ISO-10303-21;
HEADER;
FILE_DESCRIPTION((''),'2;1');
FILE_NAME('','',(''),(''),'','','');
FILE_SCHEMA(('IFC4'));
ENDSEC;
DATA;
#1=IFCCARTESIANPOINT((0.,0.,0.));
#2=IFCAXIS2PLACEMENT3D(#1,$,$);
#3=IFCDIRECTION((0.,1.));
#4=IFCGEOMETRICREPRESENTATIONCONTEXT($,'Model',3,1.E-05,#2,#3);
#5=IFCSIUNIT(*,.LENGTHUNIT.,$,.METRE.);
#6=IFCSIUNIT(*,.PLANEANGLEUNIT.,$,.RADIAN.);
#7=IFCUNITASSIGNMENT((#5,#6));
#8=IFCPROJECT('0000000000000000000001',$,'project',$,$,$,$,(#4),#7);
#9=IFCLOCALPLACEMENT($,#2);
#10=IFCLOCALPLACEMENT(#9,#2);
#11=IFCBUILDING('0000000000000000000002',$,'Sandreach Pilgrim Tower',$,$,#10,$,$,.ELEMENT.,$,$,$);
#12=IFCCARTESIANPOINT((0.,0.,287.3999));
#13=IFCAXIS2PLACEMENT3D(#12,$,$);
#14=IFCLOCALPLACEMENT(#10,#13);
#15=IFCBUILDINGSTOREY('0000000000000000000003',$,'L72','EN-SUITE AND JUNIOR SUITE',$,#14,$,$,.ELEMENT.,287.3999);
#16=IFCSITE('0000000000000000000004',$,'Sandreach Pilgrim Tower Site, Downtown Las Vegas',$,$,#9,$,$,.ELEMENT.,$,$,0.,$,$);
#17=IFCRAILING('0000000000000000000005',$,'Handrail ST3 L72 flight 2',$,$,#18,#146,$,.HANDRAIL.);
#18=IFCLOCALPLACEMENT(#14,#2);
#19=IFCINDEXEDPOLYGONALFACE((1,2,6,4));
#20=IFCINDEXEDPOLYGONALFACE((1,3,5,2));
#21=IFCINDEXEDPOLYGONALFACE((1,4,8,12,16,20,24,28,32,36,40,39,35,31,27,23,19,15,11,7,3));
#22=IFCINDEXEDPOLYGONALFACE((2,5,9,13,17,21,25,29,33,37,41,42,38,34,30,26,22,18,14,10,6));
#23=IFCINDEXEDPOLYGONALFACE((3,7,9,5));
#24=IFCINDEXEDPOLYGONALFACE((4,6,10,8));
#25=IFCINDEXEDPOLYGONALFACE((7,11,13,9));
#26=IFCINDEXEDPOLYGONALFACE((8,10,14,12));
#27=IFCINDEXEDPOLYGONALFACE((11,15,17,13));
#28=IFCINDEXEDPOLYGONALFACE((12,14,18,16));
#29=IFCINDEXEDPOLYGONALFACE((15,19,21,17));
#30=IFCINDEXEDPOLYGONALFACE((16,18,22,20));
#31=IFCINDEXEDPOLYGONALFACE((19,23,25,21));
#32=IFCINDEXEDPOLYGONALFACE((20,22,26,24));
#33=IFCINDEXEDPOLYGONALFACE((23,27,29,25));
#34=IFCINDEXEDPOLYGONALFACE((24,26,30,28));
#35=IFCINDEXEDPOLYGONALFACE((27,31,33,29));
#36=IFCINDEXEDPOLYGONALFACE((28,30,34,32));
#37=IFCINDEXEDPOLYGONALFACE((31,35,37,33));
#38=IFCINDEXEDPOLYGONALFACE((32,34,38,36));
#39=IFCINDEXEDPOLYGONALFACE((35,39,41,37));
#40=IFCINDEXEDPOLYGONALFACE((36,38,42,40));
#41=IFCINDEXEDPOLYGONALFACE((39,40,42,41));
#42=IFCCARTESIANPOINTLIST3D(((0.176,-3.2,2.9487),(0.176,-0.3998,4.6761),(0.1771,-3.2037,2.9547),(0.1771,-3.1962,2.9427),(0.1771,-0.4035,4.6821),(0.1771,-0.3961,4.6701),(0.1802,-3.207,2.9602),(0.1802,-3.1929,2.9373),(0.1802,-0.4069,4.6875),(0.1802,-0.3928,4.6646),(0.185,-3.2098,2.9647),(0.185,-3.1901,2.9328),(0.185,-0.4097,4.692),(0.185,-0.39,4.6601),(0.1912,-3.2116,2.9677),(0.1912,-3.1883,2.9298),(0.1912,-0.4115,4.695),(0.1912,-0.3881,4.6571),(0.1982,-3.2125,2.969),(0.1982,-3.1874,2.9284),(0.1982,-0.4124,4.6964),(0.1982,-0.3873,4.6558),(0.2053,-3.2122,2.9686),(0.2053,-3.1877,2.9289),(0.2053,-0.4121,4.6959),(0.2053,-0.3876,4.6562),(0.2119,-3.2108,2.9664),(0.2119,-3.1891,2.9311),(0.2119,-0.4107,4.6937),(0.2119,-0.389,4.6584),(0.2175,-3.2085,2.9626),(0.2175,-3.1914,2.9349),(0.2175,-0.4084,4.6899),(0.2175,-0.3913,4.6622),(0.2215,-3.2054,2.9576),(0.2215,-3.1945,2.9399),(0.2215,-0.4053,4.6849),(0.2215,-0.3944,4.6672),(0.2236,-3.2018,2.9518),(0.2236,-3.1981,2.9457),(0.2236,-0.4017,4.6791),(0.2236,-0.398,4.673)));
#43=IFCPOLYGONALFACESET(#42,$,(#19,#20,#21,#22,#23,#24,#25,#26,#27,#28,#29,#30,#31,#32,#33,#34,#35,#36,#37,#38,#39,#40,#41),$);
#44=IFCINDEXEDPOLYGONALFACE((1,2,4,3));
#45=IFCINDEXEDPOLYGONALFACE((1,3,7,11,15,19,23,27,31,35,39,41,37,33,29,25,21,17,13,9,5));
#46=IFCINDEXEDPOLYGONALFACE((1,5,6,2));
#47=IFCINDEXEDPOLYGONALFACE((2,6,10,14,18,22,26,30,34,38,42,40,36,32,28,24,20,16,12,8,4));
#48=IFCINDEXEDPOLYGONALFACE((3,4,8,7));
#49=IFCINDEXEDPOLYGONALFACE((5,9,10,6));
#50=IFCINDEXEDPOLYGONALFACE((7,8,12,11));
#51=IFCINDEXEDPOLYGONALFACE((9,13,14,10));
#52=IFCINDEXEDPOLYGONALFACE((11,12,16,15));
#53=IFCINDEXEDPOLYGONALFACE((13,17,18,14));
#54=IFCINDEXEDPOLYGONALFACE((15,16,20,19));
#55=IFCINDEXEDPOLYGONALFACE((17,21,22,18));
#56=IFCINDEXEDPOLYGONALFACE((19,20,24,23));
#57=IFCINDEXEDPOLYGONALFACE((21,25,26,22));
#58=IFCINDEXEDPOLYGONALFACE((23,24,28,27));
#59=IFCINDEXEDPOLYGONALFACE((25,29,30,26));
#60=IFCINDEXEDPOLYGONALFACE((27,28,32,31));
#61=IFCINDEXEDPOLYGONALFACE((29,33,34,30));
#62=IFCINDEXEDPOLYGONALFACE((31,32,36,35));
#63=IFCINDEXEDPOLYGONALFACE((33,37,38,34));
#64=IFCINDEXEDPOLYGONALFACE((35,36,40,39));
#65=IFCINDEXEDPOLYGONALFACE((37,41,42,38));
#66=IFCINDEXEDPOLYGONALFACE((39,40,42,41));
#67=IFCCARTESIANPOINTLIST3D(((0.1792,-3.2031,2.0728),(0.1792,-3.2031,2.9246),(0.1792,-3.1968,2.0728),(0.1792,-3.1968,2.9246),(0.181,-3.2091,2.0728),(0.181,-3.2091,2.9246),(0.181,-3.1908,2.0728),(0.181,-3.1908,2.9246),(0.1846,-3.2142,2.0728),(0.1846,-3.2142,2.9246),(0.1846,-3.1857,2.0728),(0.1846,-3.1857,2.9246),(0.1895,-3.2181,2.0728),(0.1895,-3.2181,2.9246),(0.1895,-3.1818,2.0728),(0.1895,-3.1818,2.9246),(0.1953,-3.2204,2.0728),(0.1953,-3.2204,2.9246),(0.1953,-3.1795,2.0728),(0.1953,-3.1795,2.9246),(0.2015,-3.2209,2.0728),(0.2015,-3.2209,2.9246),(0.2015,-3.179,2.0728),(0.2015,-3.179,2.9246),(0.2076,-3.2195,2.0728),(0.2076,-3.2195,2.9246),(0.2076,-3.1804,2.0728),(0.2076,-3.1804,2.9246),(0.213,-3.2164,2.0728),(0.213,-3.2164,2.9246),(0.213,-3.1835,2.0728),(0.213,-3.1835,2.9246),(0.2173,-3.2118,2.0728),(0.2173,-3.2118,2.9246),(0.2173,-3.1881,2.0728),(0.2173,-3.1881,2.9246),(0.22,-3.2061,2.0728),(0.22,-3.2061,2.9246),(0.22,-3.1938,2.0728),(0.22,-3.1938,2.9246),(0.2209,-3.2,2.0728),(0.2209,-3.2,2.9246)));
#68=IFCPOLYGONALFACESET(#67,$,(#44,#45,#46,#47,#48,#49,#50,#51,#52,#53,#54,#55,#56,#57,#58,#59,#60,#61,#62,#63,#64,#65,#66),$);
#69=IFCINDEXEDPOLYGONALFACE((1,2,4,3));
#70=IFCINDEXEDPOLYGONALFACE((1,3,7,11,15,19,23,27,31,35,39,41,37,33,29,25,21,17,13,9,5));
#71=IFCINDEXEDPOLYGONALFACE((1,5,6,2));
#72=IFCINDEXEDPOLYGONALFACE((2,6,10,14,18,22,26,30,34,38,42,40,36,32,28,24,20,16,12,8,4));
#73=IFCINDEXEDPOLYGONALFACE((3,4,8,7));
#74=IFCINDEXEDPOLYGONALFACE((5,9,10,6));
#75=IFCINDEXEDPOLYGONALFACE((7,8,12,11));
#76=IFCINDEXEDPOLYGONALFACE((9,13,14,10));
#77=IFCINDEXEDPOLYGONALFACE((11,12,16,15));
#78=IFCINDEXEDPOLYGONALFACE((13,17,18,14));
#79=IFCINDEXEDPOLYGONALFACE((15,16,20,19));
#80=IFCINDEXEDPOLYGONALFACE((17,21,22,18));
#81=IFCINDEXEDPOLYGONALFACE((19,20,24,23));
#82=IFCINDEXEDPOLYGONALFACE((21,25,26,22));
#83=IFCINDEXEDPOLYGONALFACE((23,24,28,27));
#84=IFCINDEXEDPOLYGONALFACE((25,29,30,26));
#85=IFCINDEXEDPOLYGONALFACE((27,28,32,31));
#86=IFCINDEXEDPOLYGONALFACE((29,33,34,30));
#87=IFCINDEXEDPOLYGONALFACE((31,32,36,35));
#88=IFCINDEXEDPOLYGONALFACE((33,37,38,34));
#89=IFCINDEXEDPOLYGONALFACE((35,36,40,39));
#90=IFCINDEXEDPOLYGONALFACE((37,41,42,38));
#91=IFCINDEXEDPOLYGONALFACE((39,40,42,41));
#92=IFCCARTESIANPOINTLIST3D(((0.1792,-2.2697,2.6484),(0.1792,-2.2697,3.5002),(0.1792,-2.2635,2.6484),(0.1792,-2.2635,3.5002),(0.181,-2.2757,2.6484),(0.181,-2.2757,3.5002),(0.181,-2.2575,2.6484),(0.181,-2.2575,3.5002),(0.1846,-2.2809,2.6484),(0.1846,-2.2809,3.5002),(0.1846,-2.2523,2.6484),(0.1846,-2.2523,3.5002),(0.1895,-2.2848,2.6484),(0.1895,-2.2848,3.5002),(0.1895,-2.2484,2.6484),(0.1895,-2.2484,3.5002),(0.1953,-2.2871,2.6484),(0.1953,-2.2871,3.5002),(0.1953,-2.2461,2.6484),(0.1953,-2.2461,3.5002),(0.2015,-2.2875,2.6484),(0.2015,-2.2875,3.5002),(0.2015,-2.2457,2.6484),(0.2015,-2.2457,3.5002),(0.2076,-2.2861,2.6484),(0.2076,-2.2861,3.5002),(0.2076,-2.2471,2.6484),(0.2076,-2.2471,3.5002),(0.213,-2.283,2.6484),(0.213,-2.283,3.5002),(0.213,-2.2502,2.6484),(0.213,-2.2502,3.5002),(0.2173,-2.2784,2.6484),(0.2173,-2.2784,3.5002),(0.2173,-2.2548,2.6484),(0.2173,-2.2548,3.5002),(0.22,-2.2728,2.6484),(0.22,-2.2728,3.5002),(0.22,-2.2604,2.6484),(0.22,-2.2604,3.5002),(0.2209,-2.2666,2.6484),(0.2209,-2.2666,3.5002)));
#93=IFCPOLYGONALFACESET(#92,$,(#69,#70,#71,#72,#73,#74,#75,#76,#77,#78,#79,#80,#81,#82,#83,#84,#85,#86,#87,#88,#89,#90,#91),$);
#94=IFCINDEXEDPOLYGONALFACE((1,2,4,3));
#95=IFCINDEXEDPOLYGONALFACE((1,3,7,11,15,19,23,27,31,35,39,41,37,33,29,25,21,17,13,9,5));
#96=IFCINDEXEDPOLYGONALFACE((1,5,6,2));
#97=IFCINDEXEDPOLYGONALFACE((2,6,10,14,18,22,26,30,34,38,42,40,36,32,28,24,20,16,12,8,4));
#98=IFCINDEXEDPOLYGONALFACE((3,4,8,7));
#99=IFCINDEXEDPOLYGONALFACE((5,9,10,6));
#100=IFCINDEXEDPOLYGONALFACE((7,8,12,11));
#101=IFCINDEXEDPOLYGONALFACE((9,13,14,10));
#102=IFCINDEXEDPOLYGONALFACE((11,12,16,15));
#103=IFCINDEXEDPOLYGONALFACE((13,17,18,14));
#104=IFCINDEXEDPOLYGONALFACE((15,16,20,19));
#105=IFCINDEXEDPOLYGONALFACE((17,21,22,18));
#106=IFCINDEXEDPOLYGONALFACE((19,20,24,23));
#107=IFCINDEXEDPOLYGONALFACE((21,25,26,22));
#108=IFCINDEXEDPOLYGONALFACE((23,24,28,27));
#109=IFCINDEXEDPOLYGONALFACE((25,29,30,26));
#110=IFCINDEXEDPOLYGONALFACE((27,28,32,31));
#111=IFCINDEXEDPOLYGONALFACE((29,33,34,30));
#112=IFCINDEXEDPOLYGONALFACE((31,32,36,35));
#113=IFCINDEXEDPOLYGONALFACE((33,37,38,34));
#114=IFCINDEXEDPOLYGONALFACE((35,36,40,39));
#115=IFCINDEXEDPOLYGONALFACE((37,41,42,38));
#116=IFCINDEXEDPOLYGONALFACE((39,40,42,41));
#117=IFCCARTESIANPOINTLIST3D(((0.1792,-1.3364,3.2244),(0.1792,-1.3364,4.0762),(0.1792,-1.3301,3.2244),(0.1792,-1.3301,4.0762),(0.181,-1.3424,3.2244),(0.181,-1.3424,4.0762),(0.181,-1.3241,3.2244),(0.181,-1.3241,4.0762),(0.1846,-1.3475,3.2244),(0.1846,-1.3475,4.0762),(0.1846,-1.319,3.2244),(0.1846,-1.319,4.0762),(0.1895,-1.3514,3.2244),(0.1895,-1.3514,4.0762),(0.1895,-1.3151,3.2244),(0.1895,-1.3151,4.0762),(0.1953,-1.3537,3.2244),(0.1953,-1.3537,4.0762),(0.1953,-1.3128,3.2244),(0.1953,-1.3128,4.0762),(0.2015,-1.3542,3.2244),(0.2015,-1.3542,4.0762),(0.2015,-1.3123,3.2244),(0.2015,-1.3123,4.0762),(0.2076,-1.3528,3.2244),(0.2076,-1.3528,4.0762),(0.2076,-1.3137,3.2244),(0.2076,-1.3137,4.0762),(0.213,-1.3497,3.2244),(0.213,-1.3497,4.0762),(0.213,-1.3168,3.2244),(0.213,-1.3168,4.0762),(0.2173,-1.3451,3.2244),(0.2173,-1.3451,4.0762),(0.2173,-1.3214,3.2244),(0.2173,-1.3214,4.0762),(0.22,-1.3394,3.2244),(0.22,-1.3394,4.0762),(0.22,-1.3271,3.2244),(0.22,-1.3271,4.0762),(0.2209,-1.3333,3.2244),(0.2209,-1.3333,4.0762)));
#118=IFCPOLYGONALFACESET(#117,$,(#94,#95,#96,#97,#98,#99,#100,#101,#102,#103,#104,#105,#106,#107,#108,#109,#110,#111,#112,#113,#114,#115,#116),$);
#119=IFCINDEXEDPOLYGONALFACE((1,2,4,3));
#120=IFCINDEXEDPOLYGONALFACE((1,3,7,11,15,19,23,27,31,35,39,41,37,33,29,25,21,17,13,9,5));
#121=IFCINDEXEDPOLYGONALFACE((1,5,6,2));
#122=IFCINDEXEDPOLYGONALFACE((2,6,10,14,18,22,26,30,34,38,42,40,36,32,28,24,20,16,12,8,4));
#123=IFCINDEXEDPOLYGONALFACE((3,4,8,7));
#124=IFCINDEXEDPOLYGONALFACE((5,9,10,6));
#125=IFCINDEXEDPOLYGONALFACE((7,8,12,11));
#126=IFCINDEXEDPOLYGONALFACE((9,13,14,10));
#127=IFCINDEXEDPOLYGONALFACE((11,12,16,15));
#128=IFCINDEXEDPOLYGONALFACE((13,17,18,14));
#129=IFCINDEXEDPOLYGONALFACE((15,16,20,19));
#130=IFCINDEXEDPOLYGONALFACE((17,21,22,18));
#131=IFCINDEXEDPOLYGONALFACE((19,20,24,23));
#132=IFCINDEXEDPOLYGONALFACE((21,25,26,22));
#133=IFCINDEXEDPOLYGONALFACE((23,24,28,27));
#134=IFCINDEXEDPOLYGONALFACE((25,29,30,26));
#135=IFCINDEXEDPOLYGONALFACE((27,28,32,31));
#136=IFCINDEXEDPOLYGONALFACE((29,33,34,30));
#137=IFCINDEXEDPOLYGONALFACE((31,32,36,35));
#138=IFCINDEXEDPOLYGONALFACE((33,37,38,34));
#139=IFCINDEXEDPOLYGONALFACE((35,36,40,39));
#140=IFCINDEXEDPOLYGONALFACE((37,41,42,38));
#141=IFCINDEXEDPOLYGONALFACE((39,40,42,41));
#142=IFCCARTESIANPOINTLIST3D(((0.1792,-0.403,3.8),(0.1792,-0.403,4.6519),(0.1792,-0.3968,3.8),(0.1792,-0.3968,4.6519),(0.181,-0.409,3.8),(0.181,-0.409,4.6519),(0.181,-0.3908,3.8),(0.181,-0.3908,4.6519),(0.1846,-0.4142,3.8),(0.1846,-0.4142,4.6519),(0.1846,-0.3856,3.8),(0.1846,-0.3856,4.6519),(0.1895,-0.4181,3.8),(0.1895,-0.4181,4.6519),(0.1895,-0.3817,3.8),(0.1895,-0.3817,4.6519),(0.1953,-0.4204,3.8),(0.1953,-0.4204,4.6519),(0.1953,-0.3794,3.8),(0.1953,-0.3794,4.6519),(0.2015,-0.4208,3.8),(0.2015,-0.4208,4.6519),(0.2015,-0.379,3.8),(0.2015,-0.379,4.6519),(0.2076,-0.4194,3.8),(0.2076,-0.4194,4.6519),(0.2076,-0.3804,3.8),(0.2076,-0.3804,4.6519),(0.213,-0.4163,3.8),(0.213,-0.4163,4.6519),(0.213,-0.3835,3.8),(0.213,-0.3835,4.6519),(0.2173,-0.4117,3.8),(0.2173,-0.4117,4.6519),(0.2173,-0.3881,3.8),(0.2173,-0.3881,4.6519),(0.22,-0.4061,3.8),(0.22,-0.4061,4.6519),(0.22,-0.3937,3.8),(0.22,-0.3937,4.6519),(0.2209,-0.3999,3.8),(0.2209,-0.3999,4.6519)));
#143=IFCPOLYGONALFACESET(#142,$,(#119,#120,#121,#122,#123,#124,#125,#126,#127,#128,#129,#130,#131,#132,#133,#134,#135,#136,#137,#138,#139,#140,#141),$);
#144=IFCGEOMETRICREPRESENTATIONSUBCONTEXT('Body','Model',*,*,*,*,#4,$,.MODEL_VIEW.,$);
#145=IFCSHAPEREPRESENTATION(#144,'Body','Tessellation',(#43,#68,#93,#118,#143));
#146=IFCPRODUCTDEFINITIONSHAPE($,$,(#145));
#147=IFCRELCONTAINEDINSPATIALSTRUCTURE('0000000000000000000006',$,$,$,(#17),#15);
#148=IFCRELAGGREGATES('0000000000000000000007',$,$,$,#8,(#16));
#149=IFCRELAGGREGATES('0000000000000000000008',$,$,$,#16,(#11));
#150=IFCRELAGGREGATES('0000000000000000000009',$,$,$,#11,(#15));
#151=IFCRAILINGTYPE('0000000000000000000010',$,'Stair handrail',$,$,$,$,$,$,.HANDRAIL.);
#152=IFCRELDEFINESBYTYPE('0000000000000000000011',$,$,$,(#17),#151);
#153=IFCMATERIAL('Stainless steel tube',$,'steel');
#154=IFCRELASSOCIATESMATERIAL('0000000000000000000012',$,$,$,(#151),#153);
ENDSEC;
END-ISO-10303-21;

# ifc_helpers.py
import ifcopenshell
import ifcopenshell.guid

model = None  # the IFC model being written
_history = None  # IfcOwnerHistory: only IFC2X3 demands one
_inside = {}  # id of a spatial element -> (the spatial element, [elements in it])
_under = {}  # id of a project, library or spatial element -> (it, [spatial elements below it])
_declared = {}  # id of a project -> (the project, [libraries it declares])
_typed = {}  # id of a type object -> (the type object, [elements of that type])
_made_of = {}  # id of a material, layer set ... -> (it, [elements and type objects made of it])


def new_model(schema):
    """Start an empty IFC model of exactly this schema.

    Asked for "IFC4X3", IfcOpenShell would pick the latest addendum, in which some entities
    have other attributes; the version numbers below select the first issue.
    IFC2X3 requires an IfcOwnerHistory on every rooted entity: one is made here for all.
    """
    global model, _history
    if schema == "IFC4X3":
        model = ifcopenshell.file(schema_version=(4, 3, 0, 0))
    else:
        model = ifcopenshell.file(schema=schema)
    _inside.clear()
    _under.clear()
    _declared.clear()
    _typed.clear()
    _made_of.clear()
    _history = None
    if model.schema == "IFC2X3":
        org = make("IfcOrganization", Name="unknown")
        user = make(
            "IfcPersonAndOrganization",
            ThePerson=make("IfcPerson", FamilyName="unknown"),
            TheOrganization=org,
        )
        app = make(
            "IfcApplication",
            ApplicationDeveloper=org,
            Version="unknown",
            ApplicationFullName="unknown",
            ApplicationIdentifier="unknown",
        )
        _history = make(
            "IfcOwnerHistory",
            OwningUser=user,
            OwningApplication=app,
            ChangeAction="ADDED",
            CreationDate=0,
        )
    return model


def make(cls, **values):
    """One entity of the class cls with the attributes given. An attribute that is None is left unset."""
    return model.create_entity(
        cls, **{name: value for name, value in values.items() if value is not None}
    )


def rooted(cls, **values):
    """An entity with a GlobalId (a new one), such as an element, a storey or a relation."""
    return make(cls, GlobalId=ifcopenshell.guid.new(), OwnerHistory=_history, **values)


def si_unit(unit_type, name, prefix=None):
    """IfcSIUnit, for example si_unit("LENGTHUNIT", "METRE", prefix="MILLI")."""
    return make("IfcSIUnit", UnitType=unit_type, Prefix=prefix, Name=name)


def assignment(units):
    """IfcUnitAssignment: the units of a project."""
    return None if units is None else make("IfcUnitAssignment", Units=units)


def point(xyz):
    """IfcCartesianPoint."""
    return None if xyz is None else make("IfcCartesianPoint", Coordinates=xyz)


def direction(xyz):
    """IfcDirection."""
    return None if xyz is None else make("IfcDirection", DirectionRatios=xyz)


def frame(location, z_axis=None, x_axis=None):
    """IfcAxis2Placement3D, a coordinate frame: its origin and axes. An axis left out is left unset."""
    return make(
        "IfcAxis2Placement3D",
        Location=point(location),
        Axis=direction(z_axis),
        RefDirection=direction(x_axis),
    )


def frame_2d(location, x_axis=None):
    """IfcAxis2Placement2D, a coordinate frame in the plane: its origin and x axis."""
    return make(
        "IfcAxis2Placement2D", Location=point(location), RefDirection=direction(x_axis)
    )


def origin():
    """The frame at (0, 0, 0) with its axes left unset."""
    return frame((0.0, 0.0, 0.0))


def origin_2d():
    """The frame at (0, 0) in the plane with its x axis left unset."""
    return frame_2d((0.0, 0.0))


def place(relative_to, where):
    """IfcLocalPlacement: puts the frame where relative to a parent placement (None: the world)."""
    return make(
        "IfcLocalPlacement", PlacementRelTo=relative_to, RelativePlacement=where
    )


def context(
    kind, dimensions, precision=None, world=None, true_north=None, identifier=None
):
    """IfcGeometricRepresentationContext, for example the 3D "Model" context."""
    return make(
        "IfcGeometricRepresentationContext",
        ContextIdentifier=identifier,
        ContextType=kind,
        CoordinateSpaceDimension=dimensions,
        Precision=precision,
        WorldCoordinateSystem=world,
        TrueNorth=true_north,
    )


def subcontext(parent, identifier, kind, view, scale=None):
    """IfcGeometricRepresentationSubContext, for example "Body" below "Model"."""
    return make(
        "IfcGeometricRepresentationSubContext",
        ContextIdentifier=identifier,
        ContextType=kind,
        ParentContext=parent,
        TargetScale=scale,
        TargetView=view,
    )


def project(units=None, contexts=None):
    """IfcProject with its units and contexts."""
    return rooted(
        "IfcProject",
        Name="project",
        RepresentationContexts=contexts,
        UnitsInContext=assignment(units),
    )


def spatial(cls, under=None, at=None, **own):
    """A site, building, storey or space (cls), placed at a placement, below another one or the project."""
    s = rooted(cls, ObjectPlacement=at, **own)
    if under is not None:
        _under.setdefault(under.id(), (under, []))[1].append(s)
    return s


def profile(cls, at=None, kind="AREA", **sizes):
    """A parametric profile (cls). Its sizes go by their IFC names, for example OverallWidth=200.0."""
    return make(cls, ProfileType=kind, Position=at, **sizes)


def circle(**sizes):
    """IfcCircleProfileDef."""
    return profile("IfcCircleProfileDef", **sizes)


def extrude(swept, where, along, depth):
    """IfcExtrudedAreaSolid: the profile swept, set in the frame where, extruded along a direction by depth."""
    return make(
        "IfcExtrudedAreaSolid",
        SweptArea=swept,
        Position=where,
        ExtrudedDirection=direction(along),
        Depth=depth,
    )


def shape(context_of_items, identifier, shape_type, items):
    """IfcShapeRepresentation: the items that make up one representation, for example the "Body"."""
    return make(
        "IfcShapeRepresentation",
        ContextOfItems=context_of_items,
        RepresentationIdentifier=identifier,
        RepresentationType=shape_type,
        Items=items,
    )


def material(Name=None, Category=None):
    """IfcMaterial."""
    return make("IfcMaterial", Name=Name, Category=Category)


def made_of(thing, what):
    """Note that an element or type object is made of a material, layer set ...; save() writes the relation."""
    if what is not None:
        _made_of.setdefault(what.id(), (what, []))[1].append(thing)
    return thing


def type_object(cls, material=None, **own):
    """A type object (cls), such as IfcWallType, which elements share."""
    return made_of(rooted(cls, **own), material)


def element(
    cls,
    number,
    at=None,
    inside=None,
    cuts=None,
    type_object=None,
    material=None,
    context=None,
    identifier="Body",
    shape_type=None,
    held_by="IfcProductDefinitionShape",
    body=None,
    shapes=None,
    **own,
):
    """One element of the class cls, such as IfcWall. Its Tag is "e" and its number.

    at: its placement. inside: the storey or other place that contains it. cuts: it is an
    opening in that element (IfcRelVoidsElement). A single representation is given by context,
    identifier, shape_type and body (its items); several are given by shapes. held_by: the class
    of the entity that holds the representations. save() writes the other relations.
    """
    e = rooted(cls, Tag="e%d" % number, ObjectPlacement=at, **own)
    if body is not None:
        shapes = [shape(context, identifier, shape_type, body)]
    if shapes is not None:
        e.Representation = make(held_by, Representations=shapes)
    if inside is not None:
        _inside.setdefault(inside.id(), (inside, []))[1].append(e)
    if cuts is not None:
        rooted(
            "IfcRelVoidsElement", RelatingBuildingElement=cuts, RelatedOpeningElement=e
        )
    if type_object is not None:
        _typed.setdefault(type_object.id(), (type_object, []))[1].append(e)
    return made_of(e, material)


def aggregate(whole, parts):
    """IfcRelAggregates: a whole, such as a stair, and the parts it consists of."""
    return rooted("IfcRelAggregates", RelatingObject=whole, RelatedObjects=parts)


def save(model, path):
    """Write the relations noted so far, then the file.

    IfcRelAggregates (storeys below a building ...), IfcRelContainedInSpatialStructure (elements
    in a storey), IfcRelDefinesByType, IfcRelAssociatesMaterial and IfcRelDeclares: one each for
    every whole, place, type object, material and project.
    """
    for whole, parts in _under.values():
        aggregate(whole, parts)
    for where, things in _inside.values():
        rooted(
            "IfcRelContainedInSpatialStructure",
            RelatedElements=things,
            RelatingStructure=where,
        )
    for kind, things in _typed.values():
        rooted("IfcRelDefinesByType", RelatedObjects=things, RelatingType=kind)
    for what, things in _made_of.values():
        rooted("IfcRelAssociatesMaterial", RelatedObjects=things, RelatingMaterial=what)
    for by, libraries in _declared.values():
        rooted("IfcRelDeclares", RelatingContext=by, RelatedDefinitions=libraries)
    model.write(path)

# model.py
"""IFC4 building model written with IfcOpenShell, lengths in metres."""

from ifc_helpers import new_model, si_unit, direction, frame, origin, origin_2d, place, context, subcontext, project, spatial, circle, extrude, material, type_object, element, save


model = new_model("IFC4")

# Units and contexts
model_context = context("Model", 3, precision=1e-05, world=origin(), true_north=direction((0.0, 1.0)))
body_context = subcontext(model_context, "Body", "Model", "MODEL_VIEW")
ifc_project = project(units=[si_unit("LENGTHUNIT", "METRE"), si_unit("PLANEANGLEUNIT", "RADIAN")], contexts=[model_context])

# Site, building, storey
site_placement = place(None, origin())
site = spatial("IfcSite", under=ifc_project, at=site_placement, Name="Sandreach Pilgrim Tower Site, Downtown Las Vegas", CompositionType="ELEMENT", RefElevation=0.0)
building_placement = place(site_placement, origin())
building = spatial("IfcBuilding", under=site, at=building_placement, Name="Sandreach Pilgrim Tower", CompositionType="ELEMENT")
storey_placement = place(building_placement, frame((0.0, 0.0, 287.3999)))
storey = spatial("IfcBuildingStorey", under=building, at=storey_placement, Name="L72", Description="EN-SUITE AND JUNIOR SUITE", CompositionType="ELEMENT", Elevation=287.3999)

# Railing
ifc_material_1 = material(Name="Stainless steel tube", Category="steel")
railing_type = type_object("IfcRailingType", Name="Stair handrail", PredefinedType="HANDRAIL", material=ifc_material_1)
for number, where, name in (
    (1, (0.2, -3.2, 2.0728), "Handrail ST3 L72 flight 2"),
):
    element("IfcRailing", number, at=place(storey_placement, frame(where)), inside=storey, type_object=railing_type, Name=name, PredefinedType="HANDRAIL", context=body_context, shape_type="SweptSolid", body=[
        extrude(circle(Radius=0.0239, at=origin_2d()), frame((0.0, 0.0, 0.876), z_axis=(0.0, 0.85109, 0.52502), x_axis=(-1.0, 0.0, 0.0)), (0.0, 0.0, 1.0), 3.29),
        extrude(circle(Radius=0.021, at=origin_2d()), origin(), (0.0, 0.0, 1.0), 0.8518),
        extrude(circle(Radius=0.021, at=origin_2d()), frame((0.0, 0.9333, 0.5757)), (0.0, 0.0, 1.0), 0.8518),
        extrude(circle(Radius=0.021, at=origin_2d()), frame((0.0, 1.8667, 1.1516)), (0.0, 0.0, 1.0), 0.8518),
        extrude(circle(Radius=0.021, at=origin_2d()), frame((0.0, 2.8, 1.7273)), (0.0, 0.0, 1.0), 0.8518),
    ])

save(model, "model.ifc")
